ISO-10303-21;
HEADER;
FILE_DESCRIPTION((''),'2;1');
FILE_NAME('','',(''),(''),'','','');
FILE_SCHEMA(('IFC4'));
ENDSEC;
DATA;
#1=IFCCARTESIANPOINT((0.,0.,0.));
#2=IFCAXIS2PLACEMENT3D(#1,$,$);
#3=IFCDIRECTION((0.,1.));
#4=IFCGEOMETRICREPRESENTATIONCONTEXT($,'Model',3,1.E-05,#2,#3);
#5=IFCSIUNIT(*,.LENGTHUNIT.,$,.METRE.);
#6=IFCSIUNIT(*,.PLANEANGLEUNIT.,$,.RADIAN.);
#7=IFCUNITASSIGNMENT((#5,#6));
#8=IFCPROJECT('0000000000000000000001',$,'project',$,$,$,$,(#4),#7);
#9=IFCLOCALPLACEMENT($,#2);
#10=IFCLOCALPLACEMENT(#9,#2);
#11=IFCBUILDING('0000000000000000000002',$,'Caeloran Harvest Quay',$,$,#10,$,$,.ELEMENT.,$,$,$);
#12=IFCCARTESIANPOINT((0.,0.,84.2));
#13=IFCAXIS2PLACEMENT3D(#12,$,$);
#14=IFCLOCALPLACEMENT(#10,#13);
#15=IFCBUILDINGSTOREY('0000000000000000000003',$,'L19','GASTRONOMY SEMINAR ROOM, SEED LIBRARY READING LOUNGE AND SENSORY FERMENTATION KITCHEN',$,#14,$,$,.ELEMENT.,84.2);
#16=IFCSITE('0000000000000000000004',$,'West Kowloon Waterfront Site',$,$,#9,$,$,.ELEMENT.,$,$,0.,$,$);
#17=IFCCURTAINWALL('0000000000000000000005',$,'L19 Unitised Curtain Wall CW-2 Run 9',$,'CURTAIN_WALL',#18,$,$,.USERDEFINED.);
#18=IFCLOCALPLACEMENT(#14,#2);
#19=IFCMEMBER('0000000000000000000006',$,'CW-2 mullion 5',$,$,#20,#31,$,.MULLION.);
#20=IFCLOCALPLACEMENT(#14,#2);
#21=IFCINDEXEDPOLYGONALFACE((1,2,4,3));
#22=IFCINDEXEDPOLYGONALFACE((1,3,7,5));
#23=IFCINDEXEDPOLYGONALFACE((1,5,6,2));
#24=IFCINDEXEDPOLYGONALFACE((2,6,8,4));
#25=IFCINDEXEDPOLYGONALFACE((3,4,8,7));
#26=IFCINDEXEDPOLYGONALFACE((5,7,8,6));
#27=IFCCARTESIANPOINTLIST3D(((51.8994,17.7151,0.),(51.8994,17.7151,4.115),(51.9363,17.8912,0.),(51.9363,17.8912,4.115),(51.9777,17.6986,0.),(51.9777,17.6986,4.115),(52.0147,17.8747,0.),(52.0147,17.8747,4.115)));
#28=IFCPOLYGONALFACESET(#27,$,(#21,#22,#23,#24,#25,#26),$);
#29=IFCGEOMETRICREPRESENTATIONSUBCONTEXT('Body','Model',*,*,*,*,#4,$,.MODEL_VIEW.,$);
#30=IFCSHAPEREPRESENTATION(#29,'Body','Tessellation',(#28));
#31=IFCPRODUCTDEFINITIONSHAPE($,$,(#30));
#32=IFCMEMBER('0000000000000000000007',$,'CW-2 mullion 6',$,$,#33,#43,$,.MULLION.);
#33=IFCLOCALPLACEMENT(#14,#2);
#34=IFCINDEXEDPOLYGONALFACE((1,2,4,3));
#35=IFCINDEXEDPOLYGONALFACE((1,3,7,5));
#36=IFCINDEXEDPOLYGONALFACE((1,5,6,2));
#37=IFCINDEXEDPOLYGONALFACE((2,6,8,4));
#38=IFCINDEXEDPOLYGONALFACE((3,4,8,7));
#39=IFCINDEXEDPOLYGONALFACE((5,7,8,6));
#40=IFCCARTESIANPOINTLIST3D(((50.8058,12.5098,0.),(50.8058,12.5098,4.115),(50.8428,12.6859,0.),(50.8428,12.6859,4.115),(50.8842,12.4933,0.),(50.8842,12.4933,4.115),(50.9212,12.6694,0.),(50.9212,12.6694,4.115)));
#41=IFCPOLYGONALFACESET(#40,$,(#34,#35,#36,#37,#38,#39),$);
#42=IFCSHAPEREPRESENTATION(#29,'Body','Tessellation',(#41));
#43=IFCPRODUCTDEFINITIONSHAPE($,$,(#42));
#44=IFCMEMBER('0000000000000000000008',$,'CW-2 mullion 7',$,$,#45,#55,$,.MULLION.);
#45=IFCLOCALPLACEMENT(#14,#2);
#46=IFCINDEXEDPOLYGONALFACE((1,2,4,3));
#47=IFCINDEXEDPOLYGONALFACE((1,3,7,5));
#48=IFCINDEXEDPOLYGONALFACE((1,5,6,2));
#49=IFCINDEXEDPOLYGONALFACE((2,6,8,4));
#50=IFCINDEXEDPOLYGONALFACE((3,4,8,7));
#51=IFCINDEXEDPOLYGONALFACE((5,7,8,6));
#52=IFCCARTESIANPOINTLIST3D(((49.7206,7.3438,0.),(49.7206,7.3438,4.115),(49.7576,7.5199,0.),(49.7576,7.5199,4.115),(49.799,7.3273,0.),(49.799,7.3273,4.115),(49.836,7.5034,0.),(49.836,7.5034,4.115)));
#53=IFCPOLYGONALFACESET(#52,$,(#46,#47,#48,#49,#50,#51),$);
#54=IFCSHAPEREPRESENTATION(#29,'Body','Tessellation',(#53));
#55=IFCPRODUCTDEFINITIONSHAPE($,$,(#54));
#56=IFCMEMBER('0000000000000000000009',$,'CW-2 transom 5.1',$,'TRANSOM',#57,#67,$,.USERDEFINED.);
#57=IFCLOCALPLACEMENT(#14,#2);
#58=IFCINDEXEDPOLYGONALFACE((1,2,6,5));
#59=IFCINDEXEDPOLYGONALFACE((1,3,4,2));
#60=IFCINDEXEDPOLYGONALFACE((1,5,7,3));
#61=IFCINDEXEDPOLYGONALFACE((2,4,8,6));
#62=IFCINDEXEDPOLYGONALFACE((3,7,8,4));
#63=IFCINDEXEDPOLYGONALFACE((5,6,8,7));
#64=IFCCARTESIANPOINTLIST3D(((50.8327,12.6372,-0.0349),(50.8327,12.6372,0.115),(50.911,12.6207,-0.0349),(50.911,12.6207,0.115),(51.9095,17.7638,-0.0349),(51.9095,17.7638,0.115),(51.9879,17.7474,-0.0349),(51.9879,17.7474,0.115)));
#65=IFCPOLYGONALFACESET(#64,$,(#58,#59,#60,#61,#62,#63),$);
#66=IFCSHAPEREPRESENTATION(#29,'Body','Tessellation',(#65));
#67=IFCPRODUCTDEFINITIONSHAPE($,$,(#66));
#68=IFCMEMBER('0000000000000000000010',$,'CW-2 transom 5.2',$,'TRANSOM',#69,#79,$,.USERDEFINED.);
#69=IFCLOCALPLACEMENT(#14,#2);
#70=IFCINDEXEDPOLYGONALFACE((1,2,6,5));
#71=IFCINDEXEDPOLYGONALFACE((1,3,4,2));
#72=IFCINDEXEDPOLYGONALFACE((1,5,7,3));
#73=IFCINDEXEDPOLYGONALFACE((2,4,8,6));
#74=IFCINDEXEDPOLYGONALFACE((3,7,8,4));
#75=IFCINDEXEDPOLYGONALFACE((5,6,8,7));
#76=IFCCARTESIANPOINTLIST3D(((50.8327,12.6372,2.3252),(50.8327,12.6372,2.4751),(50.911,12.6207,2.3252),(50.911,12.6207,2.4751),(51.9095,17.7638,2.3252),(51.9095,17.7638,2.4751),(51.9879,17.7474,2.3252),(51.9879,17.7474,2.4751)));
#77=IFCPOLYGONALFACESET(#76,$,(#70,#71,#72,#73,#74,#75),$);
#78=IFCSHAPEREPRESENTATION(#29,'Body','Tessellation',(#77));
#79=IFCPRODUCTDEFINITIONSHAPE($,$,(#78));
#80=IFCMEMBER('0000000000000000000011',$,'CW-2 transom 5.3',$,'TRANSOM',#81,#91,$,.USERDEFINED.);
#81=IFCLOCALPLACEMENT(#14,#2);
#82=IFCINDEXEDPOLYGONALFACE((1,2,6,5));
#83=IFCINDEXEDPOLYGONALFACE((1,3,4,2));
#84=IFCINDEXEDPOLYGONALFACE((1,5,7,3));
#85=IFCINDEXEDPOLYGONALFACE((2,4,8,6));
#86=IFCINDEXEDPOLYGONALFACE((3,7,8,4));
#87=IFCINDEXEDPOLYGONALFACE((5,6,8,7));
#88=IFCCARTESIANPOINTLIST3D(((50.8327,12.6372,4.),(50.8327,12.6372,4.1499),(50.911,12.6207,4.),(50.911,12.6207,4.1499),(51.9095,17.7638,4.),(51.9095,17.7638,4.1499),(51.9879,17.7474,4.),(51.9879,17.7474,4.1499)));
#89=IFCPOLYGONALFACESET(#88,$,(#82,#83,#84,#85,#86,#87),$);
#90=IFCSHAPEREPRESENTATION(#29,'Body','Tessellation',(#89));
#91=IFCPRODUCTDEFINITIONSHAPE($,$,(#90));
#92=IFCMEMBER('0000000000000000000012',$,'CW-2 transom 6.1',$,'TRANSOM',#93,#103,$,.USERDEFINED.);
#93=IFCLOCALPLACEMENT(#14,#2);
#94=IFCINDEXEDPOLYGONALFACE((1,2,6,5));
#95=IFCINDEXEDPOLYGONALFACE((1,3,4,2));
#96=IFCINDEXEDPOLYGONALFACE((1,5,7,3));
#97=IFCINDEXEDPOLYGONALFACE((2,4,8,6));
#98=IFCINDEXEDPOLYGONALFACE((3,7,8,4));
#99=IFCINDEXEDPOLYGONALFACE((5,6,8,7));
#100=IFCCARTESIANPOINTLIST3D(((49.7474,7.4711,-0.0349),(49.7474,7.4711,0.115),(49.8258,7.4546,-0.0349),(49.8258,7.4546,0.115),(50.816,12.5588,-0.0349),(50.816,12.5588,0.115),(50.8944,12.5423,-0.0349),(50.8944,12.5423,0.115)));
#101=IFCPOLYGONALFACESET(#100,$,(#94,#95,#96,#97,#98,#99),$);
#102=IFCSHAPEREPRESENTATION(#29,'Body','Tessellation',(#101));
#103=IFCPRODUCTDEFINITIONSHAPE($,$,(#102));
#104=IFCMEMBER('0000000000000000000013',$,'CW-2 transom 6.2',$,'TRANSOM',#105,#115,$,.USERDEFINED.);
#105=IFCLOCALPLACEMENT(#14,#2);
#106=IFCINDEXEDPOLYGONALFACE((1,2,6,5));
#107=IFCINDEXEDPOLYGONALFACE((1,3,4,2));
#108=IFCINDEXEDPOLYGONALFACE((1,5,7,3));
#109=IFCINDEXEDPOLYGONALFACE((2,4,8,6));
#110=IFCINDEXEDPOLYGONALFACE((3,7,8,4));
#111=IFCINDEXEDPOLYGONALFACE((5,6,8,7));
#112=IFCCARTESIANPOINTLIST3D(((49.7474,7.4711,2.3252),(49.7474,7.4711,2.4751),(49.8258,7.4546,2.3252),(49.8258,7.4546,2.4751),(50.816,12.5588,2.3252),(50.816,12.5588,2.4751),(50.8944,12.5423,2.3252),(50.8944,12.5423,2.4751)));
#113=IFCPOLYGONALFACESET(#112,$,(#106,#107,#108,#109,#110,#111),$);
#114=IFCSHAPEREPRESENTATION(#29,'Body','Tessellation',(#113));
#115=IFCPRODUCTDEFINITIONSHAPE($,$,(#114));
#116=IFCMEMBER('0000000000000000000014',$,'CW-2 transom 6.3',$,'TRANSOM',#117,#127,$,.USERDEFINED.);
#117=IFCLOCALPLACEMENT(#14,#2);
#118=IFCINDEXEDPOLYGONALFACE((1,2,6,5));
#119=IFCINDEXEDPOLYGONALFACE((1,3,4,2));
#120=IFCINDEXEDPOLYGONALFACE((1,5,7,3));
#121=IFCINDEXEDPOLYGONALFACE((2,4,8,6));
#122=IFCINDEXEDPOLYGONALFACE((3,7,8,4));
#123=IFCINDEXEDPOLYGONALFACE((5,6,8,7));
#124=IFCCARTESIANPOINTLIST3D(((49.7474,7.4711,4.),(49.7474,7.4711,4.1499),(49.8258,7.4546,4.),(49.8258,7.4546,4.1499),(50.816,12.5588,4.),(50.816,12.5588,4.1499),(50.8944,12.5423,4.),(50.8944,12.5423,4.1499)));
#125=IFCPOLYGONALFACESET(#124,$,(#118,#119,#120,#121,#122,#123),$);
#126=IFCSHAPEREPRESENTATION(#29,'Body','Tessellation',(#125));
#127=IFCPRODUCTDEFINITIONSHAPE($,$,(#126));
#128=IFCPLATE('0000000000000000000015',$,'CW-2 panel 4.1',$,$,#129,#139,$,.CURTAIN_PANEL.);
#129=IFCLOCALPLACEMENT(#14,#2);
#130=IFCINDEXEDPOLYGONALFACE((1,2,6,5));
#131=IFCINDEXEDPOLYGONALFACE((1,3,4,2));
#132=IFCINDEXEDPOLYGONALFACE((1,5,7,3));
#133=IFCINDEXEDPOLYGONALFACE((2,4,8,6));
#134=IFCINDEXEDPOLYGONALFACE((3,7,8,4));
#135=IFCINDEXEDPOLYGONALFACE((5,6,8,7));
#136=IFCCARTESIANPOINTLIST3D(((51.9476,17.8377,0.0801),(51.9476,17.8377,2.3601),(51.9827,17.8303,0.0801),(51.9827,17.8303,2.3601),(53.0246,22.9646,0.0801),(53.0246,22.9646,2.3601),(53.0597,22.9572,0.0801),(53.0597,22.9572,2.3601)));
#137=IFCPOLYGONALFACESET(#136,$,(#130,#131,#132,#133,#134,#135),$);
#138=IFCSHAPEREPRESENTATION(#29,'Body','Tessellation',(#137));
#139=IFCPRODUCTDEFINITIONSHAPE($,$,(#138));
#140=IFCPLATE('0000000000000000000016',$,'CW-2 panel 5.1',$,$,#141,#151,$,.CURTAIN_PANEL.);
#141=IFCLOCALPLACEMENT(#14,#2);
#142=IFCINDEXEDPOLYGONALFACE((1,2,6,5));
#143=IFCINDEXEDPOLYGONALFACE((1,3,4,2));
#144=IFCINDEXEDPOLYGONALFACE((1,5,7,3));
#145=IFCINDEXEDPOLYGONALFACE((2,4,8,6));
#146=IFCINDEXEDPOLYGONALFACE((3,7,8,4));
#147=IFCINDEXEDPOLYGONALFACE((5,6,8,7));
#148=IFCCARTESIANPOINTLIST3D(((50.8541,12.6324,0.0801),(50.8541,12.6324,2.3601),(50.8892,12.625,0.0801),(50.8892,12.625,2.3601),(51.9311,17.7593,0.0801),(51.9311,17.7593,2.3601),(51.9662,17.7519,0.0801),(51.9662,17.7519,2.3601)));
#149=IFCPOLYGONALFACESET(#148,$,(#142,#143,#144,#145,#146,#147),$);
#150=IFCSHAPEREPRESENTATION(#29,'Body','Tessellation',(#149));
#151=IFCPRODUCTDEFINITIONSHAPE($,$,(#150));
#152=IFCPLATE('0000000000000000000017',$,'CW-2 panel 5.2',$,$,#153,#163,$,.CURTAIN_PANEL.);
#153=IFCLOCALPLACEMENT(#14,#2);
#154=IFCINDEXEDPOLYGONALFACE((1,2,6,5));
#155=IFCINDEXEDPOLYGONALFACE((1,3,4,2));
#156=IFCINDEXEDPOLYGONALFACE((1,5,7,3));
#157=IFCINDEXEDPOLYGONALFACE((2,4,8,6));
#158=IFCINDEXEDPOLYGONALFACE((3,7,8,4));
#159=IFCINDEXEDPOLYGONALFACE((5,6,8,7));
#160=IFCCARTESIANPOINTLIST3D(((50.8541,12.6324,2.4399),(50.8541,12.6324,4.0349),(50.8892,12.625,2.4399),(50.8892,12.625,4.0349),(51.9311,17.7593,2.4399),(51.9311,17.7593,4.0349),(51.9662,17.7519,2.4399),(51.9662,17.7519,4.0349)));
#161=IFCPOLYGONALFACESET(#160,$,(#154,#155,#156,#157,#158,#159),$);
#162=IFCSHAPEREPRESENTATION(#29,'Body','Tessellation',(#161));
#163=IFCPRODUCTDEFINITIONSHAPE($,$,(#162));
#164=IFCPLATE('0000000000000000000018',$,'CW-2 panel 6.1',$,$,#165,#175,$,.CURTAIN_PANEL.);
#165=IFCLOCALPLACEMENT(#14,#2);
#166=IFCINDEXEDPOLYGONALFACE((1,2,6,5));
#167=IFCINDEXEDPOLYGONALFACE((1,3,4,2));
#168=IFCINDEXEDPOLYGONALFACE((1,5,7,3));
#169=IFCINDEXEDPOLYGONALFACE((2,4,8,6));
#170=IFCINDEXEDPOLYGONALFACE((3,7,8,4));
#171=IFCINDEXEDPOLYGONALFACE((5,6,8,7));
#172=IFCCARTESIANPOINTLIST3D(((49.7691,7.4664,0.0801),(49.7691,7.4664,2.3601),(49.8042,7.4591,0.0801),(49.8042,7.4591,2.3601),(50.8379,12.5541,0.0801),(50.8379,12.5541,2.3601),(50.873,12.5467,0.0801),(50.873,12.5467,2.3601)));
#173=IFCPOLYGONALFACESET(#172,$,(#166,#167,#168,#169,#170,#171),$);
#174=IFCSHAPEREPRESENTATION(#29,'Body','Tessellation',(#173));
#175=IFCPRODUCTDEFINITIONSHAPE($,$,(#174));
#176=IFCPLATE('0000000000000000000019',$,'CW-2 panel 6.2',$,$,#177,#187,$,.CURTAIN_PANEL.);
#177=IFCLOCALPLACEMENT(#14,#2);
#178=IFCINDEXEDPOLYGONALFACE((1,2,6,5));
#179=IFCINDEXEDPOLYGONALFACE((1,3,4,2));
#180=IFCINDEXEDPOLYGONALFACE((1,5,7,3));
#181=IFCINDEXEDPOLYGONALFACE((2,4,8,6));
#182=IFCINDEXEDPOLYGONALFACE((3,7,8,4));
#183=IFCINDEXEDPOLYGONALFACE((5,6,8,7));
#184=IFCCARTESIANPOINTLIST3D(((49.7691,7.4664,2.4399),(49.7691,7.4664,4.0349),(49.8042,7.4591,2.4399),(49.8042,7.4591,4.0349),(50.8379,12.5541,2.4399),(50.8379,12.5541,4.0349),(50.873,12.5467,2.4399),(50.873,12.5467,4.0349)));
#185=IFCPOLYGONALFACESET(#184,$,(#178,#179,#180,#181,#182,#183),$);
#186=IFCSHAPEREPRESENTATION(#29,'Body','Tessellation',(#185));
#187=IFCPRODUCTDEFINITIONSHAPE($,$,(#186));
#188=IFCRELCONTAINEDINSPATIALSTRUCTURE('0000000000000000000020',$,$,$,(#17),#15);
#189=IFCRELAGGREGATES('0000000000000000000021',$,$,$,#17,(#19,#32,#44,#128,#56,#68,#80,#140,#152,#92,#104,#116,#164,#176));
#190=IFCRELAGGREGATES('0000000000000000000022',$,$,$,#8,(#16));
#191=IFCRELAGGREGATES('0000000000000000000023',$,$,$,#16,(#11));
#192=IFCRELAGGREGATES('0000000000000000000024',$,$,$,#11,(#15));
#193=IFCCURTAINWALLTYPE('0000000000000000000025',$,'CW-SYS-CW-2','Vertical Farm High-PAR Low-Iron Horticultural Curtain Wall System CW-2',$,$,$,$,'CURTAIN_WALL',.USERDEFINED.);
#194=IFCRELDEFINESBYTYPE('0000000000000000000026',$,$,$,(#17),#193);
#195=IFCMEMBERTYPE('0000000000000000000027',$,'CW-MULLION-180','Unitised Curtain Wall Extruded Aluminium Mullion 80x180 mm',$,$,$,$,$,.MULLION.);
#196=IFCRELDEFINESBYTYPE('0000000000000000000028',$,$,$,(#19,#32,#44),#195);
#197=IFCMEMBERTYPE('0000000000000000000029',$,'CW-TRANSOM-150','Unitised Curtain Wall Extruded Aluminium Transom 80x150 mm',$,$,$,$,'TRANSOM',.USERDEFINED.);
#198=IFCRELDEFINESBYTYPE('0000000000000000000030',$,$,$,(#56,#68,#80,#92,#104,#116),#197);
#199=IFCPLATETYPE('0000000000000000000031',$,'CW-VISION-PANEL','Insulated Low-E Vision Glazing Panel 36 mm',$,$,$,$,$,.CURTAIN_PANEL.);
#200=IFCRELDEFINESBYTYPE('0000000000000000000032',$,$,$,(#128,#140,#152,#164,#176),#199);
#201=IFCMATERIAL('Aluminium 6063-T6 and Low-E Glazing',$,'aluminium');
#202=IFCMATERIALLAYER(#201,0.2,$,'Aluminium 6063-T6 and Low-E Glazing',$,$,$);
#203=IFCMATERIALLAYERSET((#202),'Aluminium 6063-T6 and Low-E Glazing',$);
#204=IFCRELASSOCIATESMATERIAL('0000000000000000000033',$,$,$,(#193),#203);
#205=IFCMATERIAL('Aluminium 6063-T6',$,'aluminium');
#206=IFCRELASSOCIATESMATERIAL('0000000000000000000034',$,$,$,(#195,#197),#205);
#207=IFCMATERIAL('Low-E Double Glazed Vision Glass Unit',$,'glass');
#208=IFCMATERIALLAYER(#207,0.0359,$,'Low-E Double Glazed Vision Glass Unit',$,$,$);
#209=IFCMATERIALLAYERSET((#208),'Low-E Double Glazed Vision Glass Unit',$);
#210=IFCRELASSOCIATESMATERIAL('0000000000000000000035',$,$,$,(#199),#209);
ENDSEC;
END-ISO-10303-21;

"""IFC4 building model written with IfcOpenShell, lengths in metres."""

from ifc_helpers import new_model, si_unit, direction, frame, origin, origin_2d, place, context, subcontext, project, spatial, rectangle, extrude, material, layer, layer_set, material_profile, profile_set, type_object, element, aggregate, save


model = new_model("IFC4")

# Units and contexts
model_context = context("Model", 3, precision=1e-05, world=origin(), true_north=direction((0.0, 1.0)))
body_context = subcontext(model_context, "Body", "Model", "MODEL_VIEW")
ifc_project = project(units=[si_unit("LENGTHUNIT", "METRE"), si_unit("PLANEANGLEUNIT", "RADIAN")], contexts=[model_context])

# Site, building, storey
site_placement = place(None, origin())
site = spatial("IfcSite", under=ifc_project, at=site_placement, Name="West Kowloon Waterfront Site", CompositionType="ELEMENT", RefElevation=0.0)
building_placement = place(site_placement, origin())
building = spatial("IfcBuilding", under=site, at=building_placement, Name="Caeloran Harvest Quay", CompositionType="ELEMENT")
storey_placement = place(building_placement, frame((0.0, 0.0, 84.2)))
storey = spatial("IfcBuildingStorey", under=building, at=storey_placement, Name="L19", Description="GASTRONOMY SEMINAR ROOM, SEED LIBRARY READING LOUNGE AND SENSORY FERMENTATION KITCHEN", CompositionType="ELEMENT", Elevation=84.2)

# Curtain wall, members, plates
ifc_material_1 = material(Name="Aluminium 6063-T6 and Low-E Glazing", Category="aluminium")
ifc_layer_1 = layer(ifc_material_1, 0.2, Name="Aluminium 6063-T6 and Low-E Glazing")
ifc_layer_set_1 = layer_set([ifc_layer_1], Name="Aluminium 6063-T6 and Low-E Glazing")
curtain_wall_type = type_object("IfcCurtainWallType", Name="CW-SYS-CW-2", Description="Vertical Farm High-PAR Low-Iron Horticultural Curtain Wall System CW-2", ElementType="CURTAIN_WALL", PredefinedType="USERDEFINED", material=ifc_layer_set_1)
curtain_wall_placement = place(storey_placement, origin())
curtain_wall = element("IfcCurtainWall", 1, at=curtain_wall_placement, inside=storey, type_object=curtain_wall_type, Name="L19 Unitised Curtain Wall CW-2 Run 9", ObjectType="CURTAIN_WALL", PredefinedType="USERDEFINED")
ifc_material_2 = material(Name="Aluminium 6063-T6", Category="aluminium")
ifc_material_profile_1 = material_profile(ifc_material_2, rectangle(XDim=0.0801, YDim=0.1799, at=origin_2d()), Name="CW-MULLION-180")
ifc_profile_set_1 = profile_set([ifc_material_profile_1], Name="Aluminium 6063-T6")
member_type_1 = type_object("IfcMemberType", Name="CW-MULLION-180", Description="Unitised Curtain Wall Extruded Aluminium Mullion 80x180 mm", PredefinedType="MULLION", material=ifc_profile_set_1)
member_1_placement = place(storey_placement, frame((51.957, 17.7949, 0.0), z_axis=(0.0, 0.0, 1.0), x_axis=(0.97864, -0.205583, 0.0)))
member_1 = element("IfcMember", 2, at=member_1_placement, type_object=member_type_1, Name="CW-2 mullion 5", PredefinedType="MULLION", context=body_context, shape_type="SweptSolid", body=[
    extrude(rectangle(XDim=0.0801, YDim=0.1799, at=origin_2d()), origin(), (0.0, 0.0, 1.0), 4.115),
])
member_2_placement = place(storey_placement, frame((50.8635, 12.5896, 0.0), z_axis=(0.0, 0.0, 1.0), x_axis=(0.97864, -0.205583, 0.0)))
member_2 = element("IfcMember", 3, at=member_2_placement, type_object=member_type_1, Name="CW-2 mullion 6", PredefinedType="MULLION", context=body_context, shape_type="SweptSolid", body=[
    extrude(rectangle(XDim=0.0801, YDim=0.1799, at=origin_2d()), origin(), (0.0, 0.0, 1.0), 4.115),
])
member_3_placement = place(storey_placement, frame((49.7783, 7.4236, 0.0), z_axis=(0.0, 0.0, 1.0), x_axis=(0.97864, -0.205583, 0.0)))
member_3 = element("IfcMember", 4, at=member_3_placement, type_object=member_type_1, Name="CW-2 mullion 7", PredefinedType="MULLION", context=body_context, shape_type="SweptSolid", body=[
    extrude(rectangle(XDim=0.0801, YDim=0.1799, at=origin_2d()), origin(), (0.0, 0.0, 1.0), 4.115),
])
ifc_material_profile_2 = material_profile(ifc_material_2, rectangle(XDim=0.0801, YDim=0.1499, at=origin_2d()), Name="CW-TRANSOM-150")
ifc_profile_set_2 = profile_set([ifc_material_profile_2], Name="Aluminium 6063-T6")
member_type_2 = type_object("IfcMemberType", Name="CW-TRANSOM-150", Description="Unitised Curtain Wall Extruded Aluminium Transom 80x150 mm", ElementType="TRANSOM", PredefinedType="USERDEFINED", material=ifc_profile_set_2)
member_4_placement = place(storey_placement, frame((51.9487, 17.7556, 0.04), z_axis=(-0.205571, -0.978642, 0.0), x_axis=(0.978642, -0.205571, 0.0)))
member_4 = element("IfcMember", 5, at=member_4_placement, type_object=member_type_2, Name="CW-2 transom 5.1", ObjectType="TRANSOM", PredefinedType="USERDEFINED", context=body_context, shape_type="SweptSolid", body=[
    extrude(rectangle(XDim=0.0801, YDim=0.1499, at=origin_2d()), origin(), (0.0, 0.0, 1.0), 5.2385),
])
member_5_placement = place(storey_placement, frame((51.9487, 17.7556, 2.4001), z_axis=(-0.205571, -0.978642, 0.0), x_axis=(0.978642, -0.205571, 0.0)))
member_5 = element("IfcMember", 6, at=member_5_placement, type_object=member_type_2, Name="CW-2 transom 5.2", ObjectType="TRANSOM", PredefinedType="USERDEFINED", context=body_context, shape_type="SweptSolid", body=[
    extrude(rectangle(XDim=0.0801, YDim=0.1499, at=origin_2d()), origin(), (0.0, 0.0, 1.0), 5.2385),
])
member_6_placement = place(storey_placement, frame((51.9487, 17.7556, 4.075), z_axis=(-0.205571, -0.978642, 0.0), x_axis=(0.978642, -0.205571, 0.0)))
member_6 = element("IfcMember", 7, at=member_6_placement, type_object=member_type_2, Name="CW-2 transom 5.3", ObjectType="TRANSOM", PredefinedType="USERDEFINED", context=body_context, shape_type="SweptSolid", body=[
    extrude(rectangle(XDim=0.0801, YDim=0.1499, at=origin_2d()), origin(), (0.0, 0.0, 1.0), 5.2385),
])
member_7_placement = place(storey_placement, frame((50.8552, 12.5505, 0.04), z_axis=(-0.205554, -0.978646, 0.0), x_axis=(0.978646, -0.205554, 0.0)))
member_7 = element("IfcMember", 8, at=member_7_placement, type_object=member_type_2, Name="CW-2 transom 6.1", ObjectType="TRANSOM", PredefinedType="USERDEFINED", context=body_context, shape_type="SweptSolid", body=[
    extrude(rectangle(XDim=0.0801, YDim=0.1499, at=origin_2d()), origin(), (0.0, 0.0, 1.0), 5.1987),
])
member_8_placement = place(storey_placement, frame((50.8552, 12.5505, 2.4001), z_axis=(-0.205554, -0.978646, 0.0), x_axis=(0.978646, -0.205554, 0.0)))
member_8 = element("IfcMember", 9, at=member_8_placement, type_object=member_type_2, Name="CW-2 transom 6.2", ObjectType="TRANSOM", PredefinedType="USERDEFINED", context=body_context, shape_type="SweptSolid", body=[
    extrude(rectangle(XDim=0.0801, YDim=0.1499, at=origin_2d()), origin(), (0.0, 0.0, 1.0), 5.1987),
])
member_9_placement = place(storey_placement, frame((50.8552, 12.5505, 4.075), z_axis=(-0.205554, -0.978646, 0.0), x_axis=(0.978646, -0.205554, 0.0)))
member_9 = element("IfcMember", 10, at=member_9_placement, type_object=member_type_2, Name="CW-2 transom 6.3", ObjectType="TRANSOM", PredefinedType="USERDEFINED", context=body_context, shape_type="SweptSolid", body=[
    extrude(rectangle(XDim=0.0801, YDim=0.1499, at=origin_2d()), origin(), (0.0, 0.0, 1.0), 5.1987),
])
ifc_material_3 = material(Name="Low-E Double Glazed Vision Glass Unit", Category="glass")
ifc_layer_2 = layer(ifc_material_3, 0.0359, Name="Low-E Double Glazed Vision Glass Unit")
ifc_layer_set_2 = layer_set([ifc_layer_2], Name="Low-E Double Glazed Vision Glass Unit")
plate_type_1 = type_object("IfcPlateType", Name="CW-VISION-PANEL", Description="Insulated Low-E Vision Glazing Panel 36 mm", PredefinedType="CURTAIN_PANEL", material=ifc_layer_set_2)
plate_1_placement = place(storey_placement, frame((52.5037, 20.3975, 0.0801), z_axis=(0.0, 0.0, 1.0), x_axis=(-0.205583, -0.97864, 0.0)))
plate_1 = element("IfcPlate", 11, at=plate_1_placement, type_object=plate_type_1, Name="CW-2 panel 4.1", PredefinedType="CURTAIN_PANEL", context=body_context, shape_type="SweptSolid", body=[
    extrude(rectangle(XDim=5.2388, YDim=0.0359, at=origin_2d()), origin(), (0.0, 0.0, 1.0), 2.28),
])
plate_2_placement = place(storey_placement, frame((51.4102, 15.1921, 0.0801), z_axis=(0.0, 0.0, 1.0), x_axis=(-0.205583, -0.97864, 0.0)))
plate_2 = element("IfcPlate", 12, at=plate_2_placement, type_object=plate_type_1, Name="CW-2 panel 5.1", PredefinedType="CURTAIN_PANEL", context=body_context, shape_type="SweptSolid", body=[
    extrude(rectangle(XDim=5.2388, YDim=0.0359, at=origin_2d()), origin(), (0.0, 0.0, 1.0), 2.28),
])
plate_3_placement = place(storey_placement, frame((51.4102, 15.1921, 2.4399), z_axis=(0.0, 0.0, 1.0), x_axis=(-0.205583, -0.97864, 0.0)))
plate_3 = element("IfcPlate", 13, at=plate_3_placement, type_object=plate_type_1, Name="CW-2 panel 5.2", PredefinedType="CURTAIN_PANEL", context=body_context, shape_type="SweptSolid", body=[
    extrude(rectangle(XDim=5.2388, YDim=0.0359, at=origin_2d()), origin(), (0.0, 0.0, 1.0), 1.595),
])
plate_4_placement = place(storey_placement, frame((50.321, 10.0066, 0.0801), z_axis=(0.0, 0.0, 1.0), x_axis=(-0.205583, -0.97864, 0.0)))
plate_4 = element("IfcPlate", 14, at=plate_4_placement, type_object=plate_type_1, Name="CW-2 panel 6.1", PredefinedType="CURTAIN_PANEL", context=body_context, shape_type="SweptSolid", body=[
    extrude(rectangle(XDim=5.1987, YDim=0.0359, at=origin_2d()), origin(), (0.0, 0.0, 1.0), 2.28),
])
plate_5_placement = place(storey_placement, frame((50.321, 10.0066, 2.4399), z_axis=(0.0, 0.0, 1.0), x_axis=(-0.205583, -0.97864, 0.0)))
plate_5 = element("IfcPlate", 15, at=plate_5_placement, type_object=plate_type_1, Name="CW-2 panel 6.2", PredefinedType="CURTAIN_PANEL", context=body_context, shape_type="SweptSolid", body=[
    extrude(rectangle(XDim=5.1987, YDim=0.0359, at=origin_2d()), origin(), (0.0, 0.0, 1.0), 1.595),
])
aggregate(curtain_wall, [member_1, member_2, member_3, plate_1, member_4, member_5, member_6, plate_2, plate_3, member_7, member_8, member_9, plate_4, plate_5])

save(model, "model.ifc")
